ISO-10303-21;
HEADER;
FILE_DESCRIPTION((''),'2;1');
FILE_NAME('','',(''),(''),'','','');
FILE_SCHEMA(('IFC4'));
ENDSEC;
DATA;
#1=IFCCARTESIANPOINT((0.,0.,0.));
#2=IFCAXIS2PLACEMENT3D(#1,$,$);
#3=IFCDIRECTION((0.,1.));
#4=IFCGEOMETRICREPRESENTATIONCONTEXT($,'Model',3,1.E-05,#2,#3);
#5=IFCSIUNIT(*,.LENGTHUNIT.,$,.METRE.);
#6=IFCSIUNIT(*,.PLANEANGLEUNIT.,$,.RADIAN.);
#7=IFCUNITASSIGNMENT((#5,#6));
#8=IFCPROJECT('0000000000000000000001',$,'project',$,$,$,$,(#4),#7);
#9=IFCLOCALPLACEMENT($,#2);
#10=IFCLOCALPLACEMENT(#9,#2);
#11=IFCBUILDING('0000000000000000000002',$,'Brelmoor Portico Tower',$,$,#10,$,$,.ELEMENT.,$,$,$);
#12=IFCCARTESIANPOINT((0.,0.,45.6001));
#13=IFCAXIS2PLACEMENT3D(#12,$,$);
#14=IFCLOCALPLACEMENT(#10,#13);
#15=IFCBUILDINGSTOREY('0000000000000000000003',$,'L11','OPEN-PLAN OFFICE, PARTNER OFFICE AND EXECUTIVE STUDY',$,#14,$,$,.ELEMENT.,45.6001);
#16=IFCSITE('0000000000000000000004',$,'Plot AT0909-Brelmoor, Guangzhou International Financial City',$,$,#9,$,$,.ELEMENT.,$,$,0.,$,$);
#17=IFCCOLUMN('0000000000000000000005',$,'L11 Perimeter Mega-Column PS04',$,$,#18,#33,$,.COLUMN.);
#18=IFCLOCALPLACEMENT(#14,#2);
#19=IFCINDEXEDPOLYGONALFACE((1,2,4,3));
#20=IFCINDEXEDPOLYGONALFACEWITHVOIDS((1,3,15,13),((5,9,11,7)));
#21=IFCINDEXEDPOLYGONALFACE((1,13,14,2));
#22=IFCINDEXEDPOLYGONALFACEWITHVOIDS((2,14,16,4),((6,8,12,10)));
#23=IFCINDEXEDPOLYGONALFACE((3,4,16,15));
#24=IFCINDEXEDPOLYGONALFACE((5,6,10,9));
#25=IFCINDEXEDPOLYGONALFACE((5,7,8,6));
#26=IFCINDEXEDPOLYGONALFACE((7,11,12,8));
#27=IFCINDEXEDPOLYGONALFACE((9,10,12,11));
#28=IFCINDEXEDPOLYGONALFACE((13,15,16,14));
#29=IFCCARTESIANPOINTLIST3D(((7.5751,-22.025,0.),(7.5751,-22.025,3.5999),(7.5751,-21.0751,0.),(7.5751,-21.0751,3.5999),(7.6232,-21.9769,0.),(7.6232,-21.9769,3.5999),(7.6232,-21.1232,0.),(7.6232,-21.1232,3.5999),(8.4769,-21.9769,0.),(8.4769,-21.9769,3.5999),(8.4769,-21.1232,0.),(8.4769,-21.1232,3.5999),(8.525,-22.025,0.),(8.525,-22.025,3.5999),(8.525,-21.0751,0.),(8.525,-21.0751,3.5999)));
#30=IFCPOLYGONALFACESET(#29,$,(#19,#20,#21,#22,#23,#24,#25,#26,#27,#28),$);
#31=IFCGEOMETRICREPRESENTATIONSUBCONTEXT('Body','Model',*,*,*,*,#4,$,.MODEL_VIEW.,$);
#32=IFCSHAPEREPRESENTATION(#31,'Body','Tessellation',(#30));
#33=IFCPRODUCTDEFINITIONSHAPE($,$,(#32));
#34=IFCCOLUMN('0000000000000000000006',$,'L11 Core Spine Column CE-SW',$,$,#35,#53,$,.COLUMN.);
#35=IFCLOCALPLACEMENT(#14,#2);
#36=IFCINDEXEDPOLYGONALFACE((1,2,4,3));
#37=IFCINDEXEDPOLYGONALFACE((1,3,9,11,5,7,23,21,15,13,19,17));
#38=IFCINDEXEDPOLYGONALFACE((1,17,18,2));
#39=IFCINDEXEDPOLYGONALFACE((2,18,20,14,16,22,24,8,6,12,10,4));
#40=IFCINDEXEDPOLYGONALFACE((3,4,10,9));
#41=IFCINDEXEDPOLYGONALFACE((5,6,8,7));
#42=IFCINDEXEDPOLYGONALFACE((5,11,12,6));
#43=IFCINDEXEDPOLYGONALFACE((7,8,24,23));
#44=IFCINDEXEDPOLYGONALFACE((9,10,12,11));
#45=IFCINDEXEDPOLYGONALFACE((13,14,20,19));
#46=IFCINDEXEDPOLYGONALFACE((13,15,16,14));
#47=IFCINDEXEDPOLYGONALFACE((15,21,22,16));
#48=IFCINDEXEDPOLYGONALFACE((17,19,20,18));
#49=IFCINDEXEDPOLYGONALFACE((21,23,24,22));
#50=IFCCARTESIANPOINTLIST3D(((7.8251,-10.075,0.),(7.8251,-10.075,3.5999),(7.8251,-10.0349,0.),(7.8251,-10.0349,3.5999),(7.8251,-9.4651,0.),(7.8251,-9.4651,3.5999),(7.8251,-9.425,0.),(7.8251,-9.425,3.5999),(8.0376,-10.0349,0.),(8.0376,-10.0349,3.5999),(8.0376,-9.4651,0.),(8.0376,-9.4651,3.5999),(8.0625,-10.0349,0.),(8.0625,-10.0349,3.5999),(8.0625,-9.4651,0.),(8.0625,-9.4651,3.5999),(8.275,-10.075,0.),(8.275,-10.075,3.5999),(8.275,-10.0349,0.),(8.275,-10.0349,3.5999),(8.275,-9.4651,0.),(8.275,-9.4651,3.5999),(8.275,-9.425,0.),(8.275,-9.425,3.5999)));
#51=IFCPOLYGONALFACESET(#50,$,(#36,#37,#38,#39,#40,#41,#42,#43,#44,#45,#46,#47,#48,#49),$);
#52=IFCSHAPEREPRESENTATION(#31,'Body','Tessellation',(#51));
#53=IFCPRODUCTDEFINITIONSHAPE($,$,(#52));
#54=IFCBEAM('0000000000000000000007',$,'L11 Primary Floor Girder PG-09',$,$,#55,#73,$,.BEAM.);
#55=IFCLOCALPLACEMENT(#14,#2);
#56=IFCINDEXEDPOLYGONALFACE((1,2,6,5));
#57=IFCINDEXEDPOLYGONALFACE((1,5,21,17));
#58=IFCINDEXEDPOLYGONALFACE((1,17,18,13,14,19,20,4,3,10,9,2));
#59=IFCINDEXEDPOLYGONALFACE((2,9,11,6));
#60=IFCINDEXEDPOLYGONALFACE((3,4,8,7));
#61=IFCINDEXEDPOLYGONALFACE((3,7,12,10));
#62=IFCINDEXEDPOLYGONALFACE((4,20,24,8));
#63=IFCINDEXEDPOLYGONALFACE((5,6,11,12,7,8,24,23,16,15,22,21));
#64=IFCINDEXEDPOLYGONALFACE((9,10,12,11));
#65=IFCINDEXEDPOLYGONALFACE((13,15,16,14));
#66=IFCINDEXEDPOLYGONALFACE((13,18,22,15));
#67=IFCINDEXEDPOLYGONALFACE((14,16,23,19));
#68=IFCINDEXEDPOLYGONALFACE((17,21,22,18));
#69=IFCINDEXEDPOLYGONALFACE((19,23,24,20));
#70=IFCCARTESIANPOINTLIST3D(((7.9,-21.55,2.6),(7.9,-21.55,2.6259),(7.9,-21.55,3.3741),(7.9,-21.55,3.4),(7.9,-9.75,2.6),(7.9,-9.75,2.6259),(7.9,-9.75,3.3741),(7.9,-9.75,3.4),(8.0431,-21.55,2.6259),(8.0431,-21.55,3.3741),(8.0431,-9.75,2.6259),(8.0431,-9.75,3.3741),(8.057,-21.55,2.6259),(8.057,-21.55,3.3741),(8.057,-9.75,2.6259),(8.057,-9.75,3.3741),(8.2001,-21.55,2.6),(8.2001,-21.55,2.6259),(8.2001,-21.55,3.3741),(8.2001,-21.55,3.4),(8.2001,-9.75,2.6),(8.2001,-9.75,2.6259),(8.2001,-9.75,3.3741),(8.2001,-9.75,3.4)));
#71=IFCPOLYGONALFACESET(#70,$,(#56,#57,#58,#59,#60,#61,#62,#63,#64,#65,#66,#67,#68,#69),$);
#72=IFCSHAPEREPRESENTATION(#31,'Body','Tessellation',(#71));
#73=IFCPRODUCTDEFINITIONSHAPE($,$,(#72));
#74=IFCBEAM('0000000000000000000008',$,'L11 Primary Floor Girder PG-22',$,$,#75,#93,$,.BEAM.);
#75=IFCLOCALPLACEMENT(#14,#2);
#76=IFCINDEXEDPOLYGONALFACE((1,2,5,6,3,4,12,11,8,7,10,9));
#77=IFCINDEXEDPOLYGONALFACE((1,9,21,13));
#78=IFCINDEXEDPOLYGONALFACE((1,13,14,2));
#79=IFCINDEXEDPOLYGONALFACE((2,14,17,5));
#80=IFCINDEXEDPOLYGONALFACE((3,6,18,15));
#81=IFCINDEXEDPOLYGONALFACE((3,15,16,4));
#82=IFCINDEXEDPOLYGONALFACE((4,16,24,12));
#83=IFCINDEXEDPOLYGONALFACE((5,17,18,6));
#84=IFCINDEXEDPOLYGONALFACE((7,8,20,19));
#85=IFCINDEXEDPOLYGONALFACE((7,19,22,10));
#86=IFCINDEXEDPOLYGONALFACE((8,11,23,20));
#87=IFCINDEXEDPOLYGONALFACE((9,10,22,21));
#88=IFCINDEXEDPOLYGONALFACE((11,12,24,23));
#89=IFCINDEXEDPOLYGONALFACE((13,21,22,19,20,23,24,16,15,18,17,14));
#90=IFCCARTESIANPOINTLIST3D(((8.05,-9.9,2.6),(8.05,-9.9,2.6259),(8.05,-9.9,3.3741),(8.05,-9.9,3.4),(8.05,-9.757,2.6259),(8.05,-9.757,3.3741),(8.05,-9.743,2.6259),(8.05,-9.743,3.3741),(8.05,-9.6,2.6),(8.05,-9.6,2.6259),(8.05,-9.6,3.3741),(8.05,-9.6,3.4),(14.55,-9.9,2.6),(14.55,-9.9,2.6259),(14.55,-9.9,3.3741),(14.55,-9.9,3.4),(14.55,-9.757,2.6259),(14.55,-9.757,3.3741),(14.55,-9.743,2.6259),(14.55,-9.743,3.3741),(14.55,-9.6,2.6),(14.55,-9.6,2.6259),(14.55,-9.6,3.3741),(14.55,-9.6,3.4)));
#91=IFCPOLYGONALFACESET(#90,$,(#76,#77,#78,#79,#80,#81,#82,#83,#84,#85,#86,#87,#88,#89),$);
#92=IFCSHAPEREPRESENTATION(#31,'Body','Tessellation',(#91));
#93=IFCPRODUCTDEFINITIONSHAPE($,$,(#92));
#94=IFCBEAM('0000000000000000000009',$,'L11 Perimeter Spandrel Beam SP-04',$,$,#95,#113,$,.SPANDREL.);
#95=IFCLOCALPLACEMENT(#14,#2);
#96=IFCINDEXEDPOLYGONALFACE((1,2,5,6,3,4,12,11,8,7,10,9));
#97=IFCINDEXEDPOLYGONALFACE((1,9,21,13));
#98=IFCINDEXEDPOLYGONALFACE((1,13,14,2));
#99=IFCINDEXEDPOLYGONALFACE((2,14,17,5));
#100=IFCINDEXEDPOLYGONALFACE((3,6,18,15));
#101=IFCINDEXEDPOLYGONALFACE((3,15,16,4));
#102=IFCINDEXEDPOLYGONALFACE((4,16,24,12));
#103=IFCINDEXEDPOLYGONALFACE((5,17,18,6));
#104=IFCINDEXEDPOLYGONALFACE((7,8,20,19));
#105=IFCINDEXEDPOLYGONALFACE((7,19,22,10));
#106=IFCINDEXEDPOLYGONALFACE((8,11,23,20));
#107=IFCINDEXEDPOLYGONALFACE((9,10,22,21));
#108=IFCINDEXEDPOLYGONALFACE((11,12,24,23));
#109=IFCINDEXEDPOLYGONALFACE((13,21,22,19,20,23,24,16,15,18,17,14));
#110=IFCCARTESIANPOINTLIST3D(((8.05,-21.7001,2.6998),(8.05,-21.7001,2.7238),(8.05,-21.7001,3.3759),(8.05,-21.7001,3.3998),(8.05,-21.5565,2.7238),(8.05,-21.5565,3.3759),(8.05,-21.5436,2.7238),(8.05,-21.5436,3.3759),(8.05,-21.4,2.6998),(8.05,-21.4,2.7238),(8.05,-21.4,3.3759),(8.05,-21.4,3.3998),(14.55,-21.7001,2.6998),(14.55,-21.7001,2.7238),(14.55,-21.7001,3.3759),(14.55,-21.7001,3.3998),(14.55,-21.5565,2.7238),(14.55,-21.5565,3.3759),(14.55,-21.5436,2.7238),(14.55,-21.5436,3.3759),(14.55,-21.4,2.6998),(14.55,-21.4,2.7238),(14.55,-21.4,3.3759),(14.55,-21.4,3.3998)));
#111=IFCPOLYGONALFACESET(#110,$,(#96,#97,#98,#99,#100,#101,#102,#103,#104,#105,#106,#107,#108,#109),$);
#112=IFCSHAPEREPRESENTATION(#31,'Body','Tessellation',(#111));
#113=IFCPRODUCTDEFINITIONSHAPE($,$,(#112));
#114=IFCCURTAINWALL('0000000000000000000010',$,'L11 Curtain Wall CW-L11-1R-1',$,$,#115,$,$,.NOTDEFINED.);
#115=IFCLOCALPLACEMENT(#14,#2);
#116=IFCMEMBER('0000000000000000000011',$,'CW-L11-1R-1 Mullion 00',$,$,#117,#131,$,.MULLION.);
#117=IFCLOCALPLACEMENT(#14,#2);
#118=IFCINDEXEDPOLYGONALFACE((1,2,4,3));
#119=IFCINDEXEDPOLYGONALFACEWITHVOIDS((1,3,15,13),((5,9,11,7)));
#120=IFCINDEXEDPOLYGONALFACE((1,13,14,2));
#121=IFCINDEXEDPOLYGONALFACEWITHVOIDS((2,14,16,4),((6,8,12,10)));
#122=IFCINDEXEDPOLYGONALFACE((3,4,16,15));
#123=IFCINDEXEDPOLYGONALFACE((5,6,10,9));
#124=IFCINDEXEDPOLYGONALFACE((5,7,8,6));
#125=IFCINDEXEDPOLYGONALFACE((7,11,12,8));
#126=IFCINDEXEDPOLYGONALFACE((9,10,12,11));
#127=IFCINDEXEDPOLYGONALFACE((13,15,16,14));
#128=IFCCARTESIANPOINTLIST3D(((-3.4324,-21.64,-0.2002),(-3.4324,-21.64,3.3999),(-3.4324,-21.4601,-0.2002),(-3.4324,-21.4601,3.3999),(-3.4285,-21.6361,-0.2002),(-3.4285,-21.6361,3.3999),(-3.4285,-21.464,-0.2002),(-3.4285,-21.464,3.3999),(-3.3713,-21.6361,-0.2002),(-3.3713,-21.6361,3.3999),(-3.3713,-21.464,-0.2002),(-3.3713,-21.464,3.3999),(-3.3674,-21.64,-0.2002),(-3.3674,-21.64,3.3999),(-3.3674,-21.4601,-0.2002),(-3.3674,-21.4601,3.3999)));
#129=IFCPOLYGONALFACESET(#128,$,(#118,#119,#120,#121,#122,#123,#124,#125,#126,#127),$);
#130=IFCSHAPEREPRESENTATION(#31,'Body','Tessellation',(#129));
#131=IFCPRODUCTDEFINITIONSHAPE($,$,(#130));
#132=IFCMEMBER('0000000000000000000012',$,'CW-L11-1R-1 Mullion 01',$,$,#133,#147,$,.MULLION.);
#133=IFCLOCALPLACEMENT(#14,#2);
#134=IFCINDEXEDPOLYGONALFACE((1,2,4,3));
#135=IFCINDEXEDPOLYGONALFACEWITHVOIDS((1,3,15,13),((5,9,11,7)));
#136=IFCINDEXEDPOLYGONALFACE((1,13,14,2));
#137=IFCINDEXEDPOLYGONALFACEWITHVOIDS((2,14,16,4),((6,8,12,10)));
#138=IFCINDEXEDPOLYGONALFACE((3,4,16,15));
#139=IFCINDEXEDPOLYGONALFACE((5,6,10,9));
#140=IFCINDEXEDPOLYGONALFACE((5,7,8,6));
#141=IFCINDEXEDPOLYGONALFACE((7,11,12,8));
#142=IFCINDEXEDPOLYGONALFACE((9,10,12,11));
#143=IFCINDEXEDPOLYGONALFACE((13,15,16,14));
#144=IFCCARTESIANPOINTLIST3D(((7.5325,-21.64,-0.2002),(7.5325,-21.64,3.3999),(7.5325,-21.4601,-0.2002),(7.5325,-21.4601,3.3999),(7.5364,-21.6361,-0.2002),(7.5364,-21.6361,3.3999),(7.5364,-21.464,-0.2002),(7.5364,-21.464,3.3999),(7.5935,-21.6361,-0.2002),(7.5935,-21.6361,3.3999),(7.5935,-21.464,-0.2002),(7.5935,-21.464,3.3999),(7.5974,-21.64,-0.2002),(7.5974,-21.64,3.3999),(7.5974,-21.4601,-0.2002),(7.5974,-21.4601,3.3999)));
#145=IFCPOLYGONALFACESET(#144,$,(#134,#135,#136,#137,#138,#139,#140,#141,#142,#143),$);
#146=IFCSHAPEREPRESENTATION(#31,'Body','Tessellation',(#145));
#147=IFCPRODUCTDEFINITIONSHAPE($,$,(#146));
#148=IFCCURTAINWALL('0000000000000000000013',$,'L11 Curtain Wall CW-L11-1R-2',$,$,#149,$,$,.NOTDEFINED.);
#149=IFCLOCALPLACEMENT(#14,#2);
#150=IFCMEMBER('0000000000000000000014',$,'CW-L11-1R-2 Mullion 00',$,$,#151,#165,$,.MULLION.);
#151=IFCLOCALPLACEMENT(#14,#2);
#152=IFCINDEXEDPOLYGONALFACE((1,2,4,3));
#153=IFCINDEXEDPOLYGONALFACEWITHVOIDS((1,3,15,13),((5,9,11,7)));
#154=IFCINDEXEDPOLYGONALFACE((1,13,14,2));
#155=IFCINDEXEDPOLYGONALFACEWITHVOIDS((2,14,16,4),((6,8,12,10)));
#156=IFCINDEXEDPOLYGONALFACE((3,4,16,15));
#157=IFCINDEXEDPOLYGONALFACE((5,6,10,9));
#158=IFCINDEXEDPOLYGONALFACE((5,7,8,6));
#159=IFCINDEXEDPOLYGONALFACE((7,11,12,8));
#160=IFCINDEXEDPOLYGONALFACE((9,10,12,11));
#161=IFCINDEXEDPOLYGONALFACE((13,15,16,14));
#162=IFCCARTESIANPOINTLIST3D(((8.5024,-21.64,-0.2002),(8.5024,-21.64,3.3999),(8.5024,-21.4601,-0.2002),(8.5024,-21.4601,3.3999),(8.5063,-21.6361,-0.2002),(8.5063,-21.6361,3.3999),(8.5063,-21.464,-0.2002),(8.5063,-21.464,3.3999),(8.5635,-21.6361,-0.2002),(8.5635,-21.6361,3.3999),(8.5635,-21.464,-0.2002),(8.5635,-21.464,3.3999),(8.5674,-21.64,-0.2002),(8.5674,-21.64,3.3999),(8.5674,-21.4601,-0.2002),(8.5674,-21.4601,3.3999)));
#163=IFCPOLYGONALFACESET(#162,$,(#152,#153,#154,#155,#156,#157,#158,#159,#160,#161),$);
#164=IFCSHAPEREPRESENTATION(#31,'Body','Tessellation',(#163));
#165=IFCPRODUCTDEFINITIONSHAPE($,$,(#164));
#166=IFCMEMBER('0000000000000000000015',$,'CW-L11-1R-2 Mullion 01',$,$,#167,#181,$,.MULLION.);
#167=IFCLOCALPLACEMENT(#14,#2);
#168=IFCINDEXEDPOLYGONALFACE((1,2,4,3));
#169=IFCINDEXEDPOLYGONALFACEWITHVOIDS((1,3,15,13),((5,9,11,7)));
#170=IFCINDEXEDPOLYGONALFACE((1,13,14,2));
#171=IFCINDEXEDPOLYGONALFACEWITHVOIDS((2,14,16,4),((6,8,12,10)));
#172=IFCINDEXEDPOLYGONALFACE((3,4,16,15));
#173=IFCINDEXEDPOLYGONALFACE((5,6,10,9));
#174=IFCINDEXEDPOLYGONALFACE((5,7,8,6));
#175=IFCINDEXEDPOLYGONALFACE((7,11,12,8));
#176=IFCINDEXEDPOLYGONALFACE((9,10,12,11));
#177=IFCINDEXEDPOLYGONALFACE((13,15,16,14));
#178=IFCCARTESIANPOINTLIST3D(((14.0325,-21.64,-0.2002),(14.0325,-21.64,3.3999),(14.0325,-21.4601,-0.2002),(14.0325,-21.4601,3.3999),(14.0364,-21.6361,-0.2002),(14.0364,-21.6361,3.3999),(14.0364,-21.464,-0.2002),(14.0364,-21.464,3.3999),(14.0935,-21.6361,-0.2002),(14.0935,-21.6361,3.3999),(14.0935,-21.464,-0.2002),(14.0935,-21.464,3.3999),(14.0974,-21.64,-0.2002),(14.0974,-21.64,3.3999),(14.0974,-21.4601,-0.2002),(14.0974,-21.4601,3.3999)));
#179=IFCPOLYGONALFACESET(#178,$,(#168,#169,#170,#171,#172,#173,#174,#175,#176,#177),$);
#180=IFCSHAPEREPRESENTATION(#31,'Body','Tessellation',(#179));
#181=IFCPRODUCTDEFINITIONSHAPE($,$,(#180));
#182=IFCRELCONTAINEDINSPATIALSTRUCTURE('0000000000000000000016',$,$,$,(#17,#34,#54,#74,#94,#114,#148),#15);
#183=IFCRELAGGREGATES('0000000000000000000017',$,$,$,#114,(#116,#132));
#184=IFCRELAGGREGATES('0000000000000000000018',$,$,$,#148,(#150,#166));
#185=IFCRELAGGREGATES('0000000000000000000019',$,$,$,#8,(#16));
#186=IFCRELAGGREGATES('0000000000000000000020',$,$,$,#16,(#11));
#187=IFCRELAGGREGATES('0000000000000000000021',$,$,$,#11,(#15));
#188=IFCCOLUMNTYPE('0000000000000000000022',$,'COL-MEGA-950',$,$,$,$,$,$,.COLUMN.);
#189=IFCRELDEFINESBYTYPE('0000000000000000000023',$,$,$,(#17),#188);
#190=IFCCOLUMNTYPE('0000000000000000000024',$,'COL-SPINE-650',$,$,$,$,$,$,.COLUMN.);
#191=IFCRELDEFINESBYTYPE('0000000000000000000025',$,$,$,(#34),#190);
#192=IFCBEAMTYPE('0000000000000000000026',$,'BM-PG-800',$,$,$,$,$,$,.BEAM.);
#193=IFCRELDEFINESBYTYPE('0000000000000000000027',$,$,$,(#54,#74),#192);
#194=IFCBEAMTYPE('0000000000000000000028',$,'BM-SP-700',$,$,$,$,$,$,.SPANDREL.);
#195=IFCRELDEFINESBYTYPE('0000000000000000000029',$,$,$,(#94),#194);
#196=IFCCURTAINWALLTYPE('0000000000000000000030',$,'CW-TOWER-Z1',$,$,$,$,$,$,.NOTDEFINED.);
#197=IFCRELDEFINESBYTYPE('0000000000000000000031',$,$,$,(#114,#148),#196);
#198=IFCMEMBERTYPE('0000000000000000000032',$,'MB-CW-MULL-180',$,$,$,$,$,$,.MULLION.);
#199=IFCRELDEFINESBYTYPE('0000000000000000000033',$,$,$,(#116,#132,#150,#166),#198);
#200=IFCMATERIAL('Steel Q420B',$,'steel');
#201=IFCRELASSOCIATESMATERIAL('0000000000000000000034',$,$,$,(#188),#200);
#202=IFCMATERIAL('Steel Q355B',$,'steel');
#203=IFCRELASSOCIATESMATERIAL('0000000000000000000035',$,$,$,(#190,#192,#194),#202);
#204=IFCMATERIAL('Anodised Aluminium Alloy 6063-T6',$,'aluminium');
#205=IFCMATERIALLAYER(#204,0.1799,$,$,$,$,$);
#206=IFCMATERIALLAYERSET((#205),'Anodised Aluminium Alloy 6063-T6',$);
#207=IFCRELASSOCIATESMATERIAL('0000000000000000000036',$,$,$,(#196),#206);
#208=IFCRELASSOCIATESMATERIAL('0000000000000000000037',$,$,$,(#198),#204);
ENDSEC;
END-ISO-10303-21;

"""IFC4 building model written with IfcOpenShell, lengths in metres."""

from ifc_helpers import new_model, si_unit, direction, frame, origin, origin_2d, place, context, subcontext, project, spatial, hollow_rectangle, i_section, extrude, material, layer, layer_set, material_profile, profile_set, type_object, element, aggregate, save


model = new_model("IFC4")

# Units and contexts
model_context = context("Model", 3, precision=1e-05, world=origin(), true_north=direction((0.0, 1.0)))
body_context = subcontext(model_context, "Body", "Model", "MODEL_VIEW")
ifc_project = project(units=[si_unit("LENGTHUNIT", "METRE"), si_unit("PLANEANGLEUNIT", "RADIAN")], contexts=[model_context])

# Site, building, storey
site_placement = place(None, origin())
site = spatial("IfcSite", under=ifc_project, at=site_placement, Name="Plot AT0909-Brelmoor, Guangzhou International Financial City", CompositionType="ELEMENT", RefElevation=0.0)
building_placement = place(site_placement, origin())
building = spatial("IfcBuilding", under=site, at=building_placement, Name="Brelmoor Portico Tower", CompositionType="ELEMENT")
storey_placement = place(building_placement, frame((0.0, 0.0, 45.6001)))
storey = spatial("IfcBuildingStorey", under=building, at=storey_placement, Name="L11", Description="OPEN-PLAN OFFICE, PARTNER OFFICE AND EXECUTIVE STUDY", CompositionType="ELEMENT", Elevation=45.6001)

# Columns
ifc_material_1 = material(Name="Steel Q420B", Category="steel")
ifc_material_profile_1 = material_profile(ifc_material_1, hollow_rectangle(XDim=0.95, YDim=0.95, WallThickness=0.0481, at=origin_2d()), Name="BOX 950x950x48")
ifc_profile_set_1 = profile_set([ifc_material_profile_1], Name="Steel Q420B")
column_type_1 = type_object("IfcColumnType", Name="COL-MEGA-950", PredefinedType="COLUMN", material=ifc_profile_set_1)
column_1_placement = place(storey_placement, frame((8.05, -21.55, 0.0), z_axis=(0.0, 0.0, 1.0), x_axis=(1.0, 0.0, 0.0)))
element("IfcColumn", 1, at=column_1_placement, inside=storey, type_object=column_type_1, Name="L11 Perimeter Mega-Column PS04", PredefinedType="COLUMN", context=body_context, shape_type="SweptSolid", body=[
    extrude(hollow_rectangle(XDim=0.95, YDim=0.95, WallThickness=0.0481, at=origin_2d()), origin(), (0.0, 0.0, 1.0), 3.5999),
])
ifc_material_2 = material(Name="Steel Q355B", Category="steel")
ifc_material_profile_2 = material_profile(ifc_material_2, i_section(OverallWidth=0.45, OverallDepth=0.6499, WebThickness=0.0249, FlangeThickness=0.04, at=origin_2d()), Name="HW 650x450x25x40")
ifc_profile_set_2 = profile_set([ifc_material_profile_2], Name="Steel Q355B")
column_type_2 = type_object("IfcColumnType", Name="COL-SPINE-650", PredefinedType="COLUMN", material=ifc_profile_set_2)
column_2_placement = place(storey_placement, frame((8.05, -9.75, 0.0), z_axis=(0.0, 0.0, 1.0), x_axis=(1.0, 0.0, 0.0)))
element("IfcColumn", 2, at=column_2_placement, inside=storey, type_object=column_type_2, Name="L11 Core Spine Column CE-SW", PredefinedType="COLUMN", context=body_context, shape_type="SweptSolid", body=[
    extrude(i_section(OverallWidth=0.45, OverallDepth=0.6499, WebThickness=0.0249, FlangeThickness=0.04, at=origin_2d()), origin(), (0.0, 0.0, 1.0), 3.5999),
])

# Beams
ifc_material_profile_3 = material_profile(ifc_material_2, i_section(OverallWidth=0.3, OverallDepth=0.8, WebThickness=0.0139, FlangeThickness=0.0259, at=origin_2d()), Name="HN 800x300x14x26")
ifc_profile_set_3 = profile_set([ifc_material_profile_3], Name="Steel Q355B")
beam_type_1 = type_object("IfcBeamType", Name="BM-PG-800", PredefinedType="BEAM", material=ifc_profile_set_3)
beam_1_placement = place(storey_placement, frame((8.05, -21.55, 3.0), z_axis=(0.0, 1.0, 0.0), x_axis=(-1.0, 0.0, 0.0)))
element("IfcBeam", 3, at=beam_1_placement, inside=storey, type_object=beam_type_1, Name="L11 Primary Floor Girder PG-09", PredefinedType="BEAM", context=body_context, shape_type="SweptSolid", body=[
    extrude(i_section(OverallWidth=0.3, OverallDepth=0.8, WebThickness=0.0139, FlangeThickness=0.0259, at=origin_2d()), origin(), (0.0, 0.0, 1.0), 11.8),
])
beam_2_placement = place(storey_placement, frame((8.05, -9.75, 3.0), z_axis=(1.0, 0.0, 0.0), x_axis=(0.0, 1.0, 0.0)))
element("IfcBeam", 4, at=beam_2_placement, inside=storey, type_object=beam_type_1, Name="L11 Primary Floor Girder PG-22", PredefinedType="BEAM", context=body_context, shape_type="SweptSolid", body=[
    extrude(i_section(OverallWidth=0.3, OverallDepth=0.8, WebThickness=0.0139, FlangeThickness=0.0259, at=origin_2d()), origin(), (0.0, 0.0, 1.0), 6.5),
])
ifc_material_profile_4 = material_profile(ifc_material_2, i_section(OverallWidth=0.3, OverallDepth=0.7, WebThickness=0.0129, FlangeThickness=0.0239, at=origin_2d()), Name="HN 700x300x13x24")
ifc_profile_set_4 = profile_set([ifc_material_profile_4], Name="Steel Q355B")
beam_type_2 = type_object("IfcBeamType", Name="BM-SP-700", PredefinedType="SPANDREL", material=ifc_profile_set_4)
beam_3_placement = place(storey_placement, frame((8.05, -21.55, 3.0498), z_axis=(1.0, 0.0, 0.0), x_axis=(0.0, 1.0, 0.0)))
element("IfcBeam", 5, at=beam_3_placement, inside=storey, type_object=beam_type_2, Name="L11 Perimeter Spandrel Beam SP-04", PredefinedType="SPANDREL", context=body_context, shape_type="SweptSolid", body=[
    extrude(i_section(OverallWidth=0.3, OverallDepth=0.7, WebThickness=0.0129, FlangeThickness=0.0239, at=origin_2d()), origin(), (0.0, 0.0, 1.0), 6.5),
])

# Curtain walls, members
ifc_material_3 = material(Name="Anodised Aluminium Alloy 6063-T6", Category="aluminium")
ifc_layer_1 = layer(ifc_material_3, 0.1799)
ifc_layer_set_1 = layer_set([ifc_layer_1], Name="Anodised Aluminium Alloy 6063-T6")
curtain_wall_type = type_object("IfcCurtainWallType", Name="CW-TOWER-Z1", PredefinedType="NOTDEFINED", material=ifc_layer_set_1)
curtain_wall_1_placement = place(storey_placement, origin())
curtain_wall_1 = element("IfcCurtainWall", 6, at=curtain_wall_1_placement, inside=storey, type_object=curtain_wall_type, Name="L11 Curtain Wall CW-L11-1R-1", PredefinedType="NOTDEFINED")
ifc_material_profile_5 = material_profile(ifc_material_3, hollow_rectangle(XDim=0.0649, YDim=0.1799, WallThickness=0.0039, at=origin_2d()), Name="ALU MULLION 65x180")
ifc_profile_set_5 = profile_set([ifc_material_profile_5], Name="Anodised Aluminium Alloy 6063-T6")
member_type_1 = type_object("IfcMemberType", Name="MB-CW-MULL-180", PredefinedType="MULLION", material=ifc_profile_set_5)
member_1_placement = place(storey_placement, frame((-3.3999, -21.55, -0.2002), z_axis=(0.0, 0.0, 1.0), x_axis=(1.0, 0.0, 0.0)))
member_1 = element("IfcMember", 7, at=member_1_placement, type_object=member_type_1, Name="CW-L11-1R-1 Mullion 00", PredefinedType="MULLION", context=body_context, shape_type="SweptSolid", body=[
    extrude(hollow_rectangle(XDim=0.0649, YDim=0.1799, WallThickness=0.0039, at=origin_2d()), origin(), (0.0, 0.0, 1.0), 3.6001),
])
member_2_placement = place(storey_placement, frame((7.5649, -21.55, -0.2002), z_axis=(0.0, 0.0, 1.0), x_axis=(1.0, 0.0, 0.0)))
member_2 = element("IfcMember", 8, at=member_2_placement, type_object=member_type_1, Name="CW-L11-1R-1 Mullion 01", PredefinedType="MULLION", context=body_context, shape_type="SweptSolid", body=[
    extrude(hollow_rectangle(XDim=0.0649, YDim=0.1799, WallThickness=0.0039, at=origin_2d()), origin(), (0.0, 0.0, 1.0), 3.6001),
])
curtain_wall_2_placement = place(storey_placement, origin())
curtain_wall_2 = element("IfcCurtainWall", 9, at=curtain_wall_2_placement, inside=storey, type_object=curtain_wall_type, Name="L11 Curtain Wall CW-L11-1R-2", PredefinedType="NOTDEFINED")
member_3_placement = place(storey_placement, frame((8.5349, -21.55, -0.2002), z_axis=(0.0, 0.0, 1.0), x_axis=(1.0, 0.0, 0.0)))
member_3 = element("IfcMember", 10, at=member_3_placement, type_object=member_type_1, Name="CW-L11-1R-2 Mullion 00", PredefinedType="MULLION", context=body_context, shape_type="SweptSolid", body=[
    extrude(hollow_rectangle(XDim=0.0649, YDim=0.1799, WallThickness=0.0039, at=origin_2d()), origin(), (0.0, 0.0, 1.0), 3.6001),
])
member_4_placement = place(storey_placement, frame((14.0649, -21.55, -0.2002), z_axis=(0.0, 0.0, 1.0), x_axis=(1.0, 0.0, 0.0)))
member_4 = element("IfcMember", 11, at=member_4_placement, type_object=member_type_1, Name="CW-L11-1R-2 Mullion 01", PredefinedType="MULLION", context=body_context, shape_type="SweptSolid", body=[
    extrude(hollow_rectangle(XDim=0.0649, YDim=0.1799, WallThickness=0.0039, at=origin_2d()), origin(), (0.0, 0.0, 1.0), 3.6001),
])

aggregate(curtain_wall_1, [member_1, member_2])
aggregate(curtain_wall_2, [member_3, member_4])

save(model, "model.ifc")
